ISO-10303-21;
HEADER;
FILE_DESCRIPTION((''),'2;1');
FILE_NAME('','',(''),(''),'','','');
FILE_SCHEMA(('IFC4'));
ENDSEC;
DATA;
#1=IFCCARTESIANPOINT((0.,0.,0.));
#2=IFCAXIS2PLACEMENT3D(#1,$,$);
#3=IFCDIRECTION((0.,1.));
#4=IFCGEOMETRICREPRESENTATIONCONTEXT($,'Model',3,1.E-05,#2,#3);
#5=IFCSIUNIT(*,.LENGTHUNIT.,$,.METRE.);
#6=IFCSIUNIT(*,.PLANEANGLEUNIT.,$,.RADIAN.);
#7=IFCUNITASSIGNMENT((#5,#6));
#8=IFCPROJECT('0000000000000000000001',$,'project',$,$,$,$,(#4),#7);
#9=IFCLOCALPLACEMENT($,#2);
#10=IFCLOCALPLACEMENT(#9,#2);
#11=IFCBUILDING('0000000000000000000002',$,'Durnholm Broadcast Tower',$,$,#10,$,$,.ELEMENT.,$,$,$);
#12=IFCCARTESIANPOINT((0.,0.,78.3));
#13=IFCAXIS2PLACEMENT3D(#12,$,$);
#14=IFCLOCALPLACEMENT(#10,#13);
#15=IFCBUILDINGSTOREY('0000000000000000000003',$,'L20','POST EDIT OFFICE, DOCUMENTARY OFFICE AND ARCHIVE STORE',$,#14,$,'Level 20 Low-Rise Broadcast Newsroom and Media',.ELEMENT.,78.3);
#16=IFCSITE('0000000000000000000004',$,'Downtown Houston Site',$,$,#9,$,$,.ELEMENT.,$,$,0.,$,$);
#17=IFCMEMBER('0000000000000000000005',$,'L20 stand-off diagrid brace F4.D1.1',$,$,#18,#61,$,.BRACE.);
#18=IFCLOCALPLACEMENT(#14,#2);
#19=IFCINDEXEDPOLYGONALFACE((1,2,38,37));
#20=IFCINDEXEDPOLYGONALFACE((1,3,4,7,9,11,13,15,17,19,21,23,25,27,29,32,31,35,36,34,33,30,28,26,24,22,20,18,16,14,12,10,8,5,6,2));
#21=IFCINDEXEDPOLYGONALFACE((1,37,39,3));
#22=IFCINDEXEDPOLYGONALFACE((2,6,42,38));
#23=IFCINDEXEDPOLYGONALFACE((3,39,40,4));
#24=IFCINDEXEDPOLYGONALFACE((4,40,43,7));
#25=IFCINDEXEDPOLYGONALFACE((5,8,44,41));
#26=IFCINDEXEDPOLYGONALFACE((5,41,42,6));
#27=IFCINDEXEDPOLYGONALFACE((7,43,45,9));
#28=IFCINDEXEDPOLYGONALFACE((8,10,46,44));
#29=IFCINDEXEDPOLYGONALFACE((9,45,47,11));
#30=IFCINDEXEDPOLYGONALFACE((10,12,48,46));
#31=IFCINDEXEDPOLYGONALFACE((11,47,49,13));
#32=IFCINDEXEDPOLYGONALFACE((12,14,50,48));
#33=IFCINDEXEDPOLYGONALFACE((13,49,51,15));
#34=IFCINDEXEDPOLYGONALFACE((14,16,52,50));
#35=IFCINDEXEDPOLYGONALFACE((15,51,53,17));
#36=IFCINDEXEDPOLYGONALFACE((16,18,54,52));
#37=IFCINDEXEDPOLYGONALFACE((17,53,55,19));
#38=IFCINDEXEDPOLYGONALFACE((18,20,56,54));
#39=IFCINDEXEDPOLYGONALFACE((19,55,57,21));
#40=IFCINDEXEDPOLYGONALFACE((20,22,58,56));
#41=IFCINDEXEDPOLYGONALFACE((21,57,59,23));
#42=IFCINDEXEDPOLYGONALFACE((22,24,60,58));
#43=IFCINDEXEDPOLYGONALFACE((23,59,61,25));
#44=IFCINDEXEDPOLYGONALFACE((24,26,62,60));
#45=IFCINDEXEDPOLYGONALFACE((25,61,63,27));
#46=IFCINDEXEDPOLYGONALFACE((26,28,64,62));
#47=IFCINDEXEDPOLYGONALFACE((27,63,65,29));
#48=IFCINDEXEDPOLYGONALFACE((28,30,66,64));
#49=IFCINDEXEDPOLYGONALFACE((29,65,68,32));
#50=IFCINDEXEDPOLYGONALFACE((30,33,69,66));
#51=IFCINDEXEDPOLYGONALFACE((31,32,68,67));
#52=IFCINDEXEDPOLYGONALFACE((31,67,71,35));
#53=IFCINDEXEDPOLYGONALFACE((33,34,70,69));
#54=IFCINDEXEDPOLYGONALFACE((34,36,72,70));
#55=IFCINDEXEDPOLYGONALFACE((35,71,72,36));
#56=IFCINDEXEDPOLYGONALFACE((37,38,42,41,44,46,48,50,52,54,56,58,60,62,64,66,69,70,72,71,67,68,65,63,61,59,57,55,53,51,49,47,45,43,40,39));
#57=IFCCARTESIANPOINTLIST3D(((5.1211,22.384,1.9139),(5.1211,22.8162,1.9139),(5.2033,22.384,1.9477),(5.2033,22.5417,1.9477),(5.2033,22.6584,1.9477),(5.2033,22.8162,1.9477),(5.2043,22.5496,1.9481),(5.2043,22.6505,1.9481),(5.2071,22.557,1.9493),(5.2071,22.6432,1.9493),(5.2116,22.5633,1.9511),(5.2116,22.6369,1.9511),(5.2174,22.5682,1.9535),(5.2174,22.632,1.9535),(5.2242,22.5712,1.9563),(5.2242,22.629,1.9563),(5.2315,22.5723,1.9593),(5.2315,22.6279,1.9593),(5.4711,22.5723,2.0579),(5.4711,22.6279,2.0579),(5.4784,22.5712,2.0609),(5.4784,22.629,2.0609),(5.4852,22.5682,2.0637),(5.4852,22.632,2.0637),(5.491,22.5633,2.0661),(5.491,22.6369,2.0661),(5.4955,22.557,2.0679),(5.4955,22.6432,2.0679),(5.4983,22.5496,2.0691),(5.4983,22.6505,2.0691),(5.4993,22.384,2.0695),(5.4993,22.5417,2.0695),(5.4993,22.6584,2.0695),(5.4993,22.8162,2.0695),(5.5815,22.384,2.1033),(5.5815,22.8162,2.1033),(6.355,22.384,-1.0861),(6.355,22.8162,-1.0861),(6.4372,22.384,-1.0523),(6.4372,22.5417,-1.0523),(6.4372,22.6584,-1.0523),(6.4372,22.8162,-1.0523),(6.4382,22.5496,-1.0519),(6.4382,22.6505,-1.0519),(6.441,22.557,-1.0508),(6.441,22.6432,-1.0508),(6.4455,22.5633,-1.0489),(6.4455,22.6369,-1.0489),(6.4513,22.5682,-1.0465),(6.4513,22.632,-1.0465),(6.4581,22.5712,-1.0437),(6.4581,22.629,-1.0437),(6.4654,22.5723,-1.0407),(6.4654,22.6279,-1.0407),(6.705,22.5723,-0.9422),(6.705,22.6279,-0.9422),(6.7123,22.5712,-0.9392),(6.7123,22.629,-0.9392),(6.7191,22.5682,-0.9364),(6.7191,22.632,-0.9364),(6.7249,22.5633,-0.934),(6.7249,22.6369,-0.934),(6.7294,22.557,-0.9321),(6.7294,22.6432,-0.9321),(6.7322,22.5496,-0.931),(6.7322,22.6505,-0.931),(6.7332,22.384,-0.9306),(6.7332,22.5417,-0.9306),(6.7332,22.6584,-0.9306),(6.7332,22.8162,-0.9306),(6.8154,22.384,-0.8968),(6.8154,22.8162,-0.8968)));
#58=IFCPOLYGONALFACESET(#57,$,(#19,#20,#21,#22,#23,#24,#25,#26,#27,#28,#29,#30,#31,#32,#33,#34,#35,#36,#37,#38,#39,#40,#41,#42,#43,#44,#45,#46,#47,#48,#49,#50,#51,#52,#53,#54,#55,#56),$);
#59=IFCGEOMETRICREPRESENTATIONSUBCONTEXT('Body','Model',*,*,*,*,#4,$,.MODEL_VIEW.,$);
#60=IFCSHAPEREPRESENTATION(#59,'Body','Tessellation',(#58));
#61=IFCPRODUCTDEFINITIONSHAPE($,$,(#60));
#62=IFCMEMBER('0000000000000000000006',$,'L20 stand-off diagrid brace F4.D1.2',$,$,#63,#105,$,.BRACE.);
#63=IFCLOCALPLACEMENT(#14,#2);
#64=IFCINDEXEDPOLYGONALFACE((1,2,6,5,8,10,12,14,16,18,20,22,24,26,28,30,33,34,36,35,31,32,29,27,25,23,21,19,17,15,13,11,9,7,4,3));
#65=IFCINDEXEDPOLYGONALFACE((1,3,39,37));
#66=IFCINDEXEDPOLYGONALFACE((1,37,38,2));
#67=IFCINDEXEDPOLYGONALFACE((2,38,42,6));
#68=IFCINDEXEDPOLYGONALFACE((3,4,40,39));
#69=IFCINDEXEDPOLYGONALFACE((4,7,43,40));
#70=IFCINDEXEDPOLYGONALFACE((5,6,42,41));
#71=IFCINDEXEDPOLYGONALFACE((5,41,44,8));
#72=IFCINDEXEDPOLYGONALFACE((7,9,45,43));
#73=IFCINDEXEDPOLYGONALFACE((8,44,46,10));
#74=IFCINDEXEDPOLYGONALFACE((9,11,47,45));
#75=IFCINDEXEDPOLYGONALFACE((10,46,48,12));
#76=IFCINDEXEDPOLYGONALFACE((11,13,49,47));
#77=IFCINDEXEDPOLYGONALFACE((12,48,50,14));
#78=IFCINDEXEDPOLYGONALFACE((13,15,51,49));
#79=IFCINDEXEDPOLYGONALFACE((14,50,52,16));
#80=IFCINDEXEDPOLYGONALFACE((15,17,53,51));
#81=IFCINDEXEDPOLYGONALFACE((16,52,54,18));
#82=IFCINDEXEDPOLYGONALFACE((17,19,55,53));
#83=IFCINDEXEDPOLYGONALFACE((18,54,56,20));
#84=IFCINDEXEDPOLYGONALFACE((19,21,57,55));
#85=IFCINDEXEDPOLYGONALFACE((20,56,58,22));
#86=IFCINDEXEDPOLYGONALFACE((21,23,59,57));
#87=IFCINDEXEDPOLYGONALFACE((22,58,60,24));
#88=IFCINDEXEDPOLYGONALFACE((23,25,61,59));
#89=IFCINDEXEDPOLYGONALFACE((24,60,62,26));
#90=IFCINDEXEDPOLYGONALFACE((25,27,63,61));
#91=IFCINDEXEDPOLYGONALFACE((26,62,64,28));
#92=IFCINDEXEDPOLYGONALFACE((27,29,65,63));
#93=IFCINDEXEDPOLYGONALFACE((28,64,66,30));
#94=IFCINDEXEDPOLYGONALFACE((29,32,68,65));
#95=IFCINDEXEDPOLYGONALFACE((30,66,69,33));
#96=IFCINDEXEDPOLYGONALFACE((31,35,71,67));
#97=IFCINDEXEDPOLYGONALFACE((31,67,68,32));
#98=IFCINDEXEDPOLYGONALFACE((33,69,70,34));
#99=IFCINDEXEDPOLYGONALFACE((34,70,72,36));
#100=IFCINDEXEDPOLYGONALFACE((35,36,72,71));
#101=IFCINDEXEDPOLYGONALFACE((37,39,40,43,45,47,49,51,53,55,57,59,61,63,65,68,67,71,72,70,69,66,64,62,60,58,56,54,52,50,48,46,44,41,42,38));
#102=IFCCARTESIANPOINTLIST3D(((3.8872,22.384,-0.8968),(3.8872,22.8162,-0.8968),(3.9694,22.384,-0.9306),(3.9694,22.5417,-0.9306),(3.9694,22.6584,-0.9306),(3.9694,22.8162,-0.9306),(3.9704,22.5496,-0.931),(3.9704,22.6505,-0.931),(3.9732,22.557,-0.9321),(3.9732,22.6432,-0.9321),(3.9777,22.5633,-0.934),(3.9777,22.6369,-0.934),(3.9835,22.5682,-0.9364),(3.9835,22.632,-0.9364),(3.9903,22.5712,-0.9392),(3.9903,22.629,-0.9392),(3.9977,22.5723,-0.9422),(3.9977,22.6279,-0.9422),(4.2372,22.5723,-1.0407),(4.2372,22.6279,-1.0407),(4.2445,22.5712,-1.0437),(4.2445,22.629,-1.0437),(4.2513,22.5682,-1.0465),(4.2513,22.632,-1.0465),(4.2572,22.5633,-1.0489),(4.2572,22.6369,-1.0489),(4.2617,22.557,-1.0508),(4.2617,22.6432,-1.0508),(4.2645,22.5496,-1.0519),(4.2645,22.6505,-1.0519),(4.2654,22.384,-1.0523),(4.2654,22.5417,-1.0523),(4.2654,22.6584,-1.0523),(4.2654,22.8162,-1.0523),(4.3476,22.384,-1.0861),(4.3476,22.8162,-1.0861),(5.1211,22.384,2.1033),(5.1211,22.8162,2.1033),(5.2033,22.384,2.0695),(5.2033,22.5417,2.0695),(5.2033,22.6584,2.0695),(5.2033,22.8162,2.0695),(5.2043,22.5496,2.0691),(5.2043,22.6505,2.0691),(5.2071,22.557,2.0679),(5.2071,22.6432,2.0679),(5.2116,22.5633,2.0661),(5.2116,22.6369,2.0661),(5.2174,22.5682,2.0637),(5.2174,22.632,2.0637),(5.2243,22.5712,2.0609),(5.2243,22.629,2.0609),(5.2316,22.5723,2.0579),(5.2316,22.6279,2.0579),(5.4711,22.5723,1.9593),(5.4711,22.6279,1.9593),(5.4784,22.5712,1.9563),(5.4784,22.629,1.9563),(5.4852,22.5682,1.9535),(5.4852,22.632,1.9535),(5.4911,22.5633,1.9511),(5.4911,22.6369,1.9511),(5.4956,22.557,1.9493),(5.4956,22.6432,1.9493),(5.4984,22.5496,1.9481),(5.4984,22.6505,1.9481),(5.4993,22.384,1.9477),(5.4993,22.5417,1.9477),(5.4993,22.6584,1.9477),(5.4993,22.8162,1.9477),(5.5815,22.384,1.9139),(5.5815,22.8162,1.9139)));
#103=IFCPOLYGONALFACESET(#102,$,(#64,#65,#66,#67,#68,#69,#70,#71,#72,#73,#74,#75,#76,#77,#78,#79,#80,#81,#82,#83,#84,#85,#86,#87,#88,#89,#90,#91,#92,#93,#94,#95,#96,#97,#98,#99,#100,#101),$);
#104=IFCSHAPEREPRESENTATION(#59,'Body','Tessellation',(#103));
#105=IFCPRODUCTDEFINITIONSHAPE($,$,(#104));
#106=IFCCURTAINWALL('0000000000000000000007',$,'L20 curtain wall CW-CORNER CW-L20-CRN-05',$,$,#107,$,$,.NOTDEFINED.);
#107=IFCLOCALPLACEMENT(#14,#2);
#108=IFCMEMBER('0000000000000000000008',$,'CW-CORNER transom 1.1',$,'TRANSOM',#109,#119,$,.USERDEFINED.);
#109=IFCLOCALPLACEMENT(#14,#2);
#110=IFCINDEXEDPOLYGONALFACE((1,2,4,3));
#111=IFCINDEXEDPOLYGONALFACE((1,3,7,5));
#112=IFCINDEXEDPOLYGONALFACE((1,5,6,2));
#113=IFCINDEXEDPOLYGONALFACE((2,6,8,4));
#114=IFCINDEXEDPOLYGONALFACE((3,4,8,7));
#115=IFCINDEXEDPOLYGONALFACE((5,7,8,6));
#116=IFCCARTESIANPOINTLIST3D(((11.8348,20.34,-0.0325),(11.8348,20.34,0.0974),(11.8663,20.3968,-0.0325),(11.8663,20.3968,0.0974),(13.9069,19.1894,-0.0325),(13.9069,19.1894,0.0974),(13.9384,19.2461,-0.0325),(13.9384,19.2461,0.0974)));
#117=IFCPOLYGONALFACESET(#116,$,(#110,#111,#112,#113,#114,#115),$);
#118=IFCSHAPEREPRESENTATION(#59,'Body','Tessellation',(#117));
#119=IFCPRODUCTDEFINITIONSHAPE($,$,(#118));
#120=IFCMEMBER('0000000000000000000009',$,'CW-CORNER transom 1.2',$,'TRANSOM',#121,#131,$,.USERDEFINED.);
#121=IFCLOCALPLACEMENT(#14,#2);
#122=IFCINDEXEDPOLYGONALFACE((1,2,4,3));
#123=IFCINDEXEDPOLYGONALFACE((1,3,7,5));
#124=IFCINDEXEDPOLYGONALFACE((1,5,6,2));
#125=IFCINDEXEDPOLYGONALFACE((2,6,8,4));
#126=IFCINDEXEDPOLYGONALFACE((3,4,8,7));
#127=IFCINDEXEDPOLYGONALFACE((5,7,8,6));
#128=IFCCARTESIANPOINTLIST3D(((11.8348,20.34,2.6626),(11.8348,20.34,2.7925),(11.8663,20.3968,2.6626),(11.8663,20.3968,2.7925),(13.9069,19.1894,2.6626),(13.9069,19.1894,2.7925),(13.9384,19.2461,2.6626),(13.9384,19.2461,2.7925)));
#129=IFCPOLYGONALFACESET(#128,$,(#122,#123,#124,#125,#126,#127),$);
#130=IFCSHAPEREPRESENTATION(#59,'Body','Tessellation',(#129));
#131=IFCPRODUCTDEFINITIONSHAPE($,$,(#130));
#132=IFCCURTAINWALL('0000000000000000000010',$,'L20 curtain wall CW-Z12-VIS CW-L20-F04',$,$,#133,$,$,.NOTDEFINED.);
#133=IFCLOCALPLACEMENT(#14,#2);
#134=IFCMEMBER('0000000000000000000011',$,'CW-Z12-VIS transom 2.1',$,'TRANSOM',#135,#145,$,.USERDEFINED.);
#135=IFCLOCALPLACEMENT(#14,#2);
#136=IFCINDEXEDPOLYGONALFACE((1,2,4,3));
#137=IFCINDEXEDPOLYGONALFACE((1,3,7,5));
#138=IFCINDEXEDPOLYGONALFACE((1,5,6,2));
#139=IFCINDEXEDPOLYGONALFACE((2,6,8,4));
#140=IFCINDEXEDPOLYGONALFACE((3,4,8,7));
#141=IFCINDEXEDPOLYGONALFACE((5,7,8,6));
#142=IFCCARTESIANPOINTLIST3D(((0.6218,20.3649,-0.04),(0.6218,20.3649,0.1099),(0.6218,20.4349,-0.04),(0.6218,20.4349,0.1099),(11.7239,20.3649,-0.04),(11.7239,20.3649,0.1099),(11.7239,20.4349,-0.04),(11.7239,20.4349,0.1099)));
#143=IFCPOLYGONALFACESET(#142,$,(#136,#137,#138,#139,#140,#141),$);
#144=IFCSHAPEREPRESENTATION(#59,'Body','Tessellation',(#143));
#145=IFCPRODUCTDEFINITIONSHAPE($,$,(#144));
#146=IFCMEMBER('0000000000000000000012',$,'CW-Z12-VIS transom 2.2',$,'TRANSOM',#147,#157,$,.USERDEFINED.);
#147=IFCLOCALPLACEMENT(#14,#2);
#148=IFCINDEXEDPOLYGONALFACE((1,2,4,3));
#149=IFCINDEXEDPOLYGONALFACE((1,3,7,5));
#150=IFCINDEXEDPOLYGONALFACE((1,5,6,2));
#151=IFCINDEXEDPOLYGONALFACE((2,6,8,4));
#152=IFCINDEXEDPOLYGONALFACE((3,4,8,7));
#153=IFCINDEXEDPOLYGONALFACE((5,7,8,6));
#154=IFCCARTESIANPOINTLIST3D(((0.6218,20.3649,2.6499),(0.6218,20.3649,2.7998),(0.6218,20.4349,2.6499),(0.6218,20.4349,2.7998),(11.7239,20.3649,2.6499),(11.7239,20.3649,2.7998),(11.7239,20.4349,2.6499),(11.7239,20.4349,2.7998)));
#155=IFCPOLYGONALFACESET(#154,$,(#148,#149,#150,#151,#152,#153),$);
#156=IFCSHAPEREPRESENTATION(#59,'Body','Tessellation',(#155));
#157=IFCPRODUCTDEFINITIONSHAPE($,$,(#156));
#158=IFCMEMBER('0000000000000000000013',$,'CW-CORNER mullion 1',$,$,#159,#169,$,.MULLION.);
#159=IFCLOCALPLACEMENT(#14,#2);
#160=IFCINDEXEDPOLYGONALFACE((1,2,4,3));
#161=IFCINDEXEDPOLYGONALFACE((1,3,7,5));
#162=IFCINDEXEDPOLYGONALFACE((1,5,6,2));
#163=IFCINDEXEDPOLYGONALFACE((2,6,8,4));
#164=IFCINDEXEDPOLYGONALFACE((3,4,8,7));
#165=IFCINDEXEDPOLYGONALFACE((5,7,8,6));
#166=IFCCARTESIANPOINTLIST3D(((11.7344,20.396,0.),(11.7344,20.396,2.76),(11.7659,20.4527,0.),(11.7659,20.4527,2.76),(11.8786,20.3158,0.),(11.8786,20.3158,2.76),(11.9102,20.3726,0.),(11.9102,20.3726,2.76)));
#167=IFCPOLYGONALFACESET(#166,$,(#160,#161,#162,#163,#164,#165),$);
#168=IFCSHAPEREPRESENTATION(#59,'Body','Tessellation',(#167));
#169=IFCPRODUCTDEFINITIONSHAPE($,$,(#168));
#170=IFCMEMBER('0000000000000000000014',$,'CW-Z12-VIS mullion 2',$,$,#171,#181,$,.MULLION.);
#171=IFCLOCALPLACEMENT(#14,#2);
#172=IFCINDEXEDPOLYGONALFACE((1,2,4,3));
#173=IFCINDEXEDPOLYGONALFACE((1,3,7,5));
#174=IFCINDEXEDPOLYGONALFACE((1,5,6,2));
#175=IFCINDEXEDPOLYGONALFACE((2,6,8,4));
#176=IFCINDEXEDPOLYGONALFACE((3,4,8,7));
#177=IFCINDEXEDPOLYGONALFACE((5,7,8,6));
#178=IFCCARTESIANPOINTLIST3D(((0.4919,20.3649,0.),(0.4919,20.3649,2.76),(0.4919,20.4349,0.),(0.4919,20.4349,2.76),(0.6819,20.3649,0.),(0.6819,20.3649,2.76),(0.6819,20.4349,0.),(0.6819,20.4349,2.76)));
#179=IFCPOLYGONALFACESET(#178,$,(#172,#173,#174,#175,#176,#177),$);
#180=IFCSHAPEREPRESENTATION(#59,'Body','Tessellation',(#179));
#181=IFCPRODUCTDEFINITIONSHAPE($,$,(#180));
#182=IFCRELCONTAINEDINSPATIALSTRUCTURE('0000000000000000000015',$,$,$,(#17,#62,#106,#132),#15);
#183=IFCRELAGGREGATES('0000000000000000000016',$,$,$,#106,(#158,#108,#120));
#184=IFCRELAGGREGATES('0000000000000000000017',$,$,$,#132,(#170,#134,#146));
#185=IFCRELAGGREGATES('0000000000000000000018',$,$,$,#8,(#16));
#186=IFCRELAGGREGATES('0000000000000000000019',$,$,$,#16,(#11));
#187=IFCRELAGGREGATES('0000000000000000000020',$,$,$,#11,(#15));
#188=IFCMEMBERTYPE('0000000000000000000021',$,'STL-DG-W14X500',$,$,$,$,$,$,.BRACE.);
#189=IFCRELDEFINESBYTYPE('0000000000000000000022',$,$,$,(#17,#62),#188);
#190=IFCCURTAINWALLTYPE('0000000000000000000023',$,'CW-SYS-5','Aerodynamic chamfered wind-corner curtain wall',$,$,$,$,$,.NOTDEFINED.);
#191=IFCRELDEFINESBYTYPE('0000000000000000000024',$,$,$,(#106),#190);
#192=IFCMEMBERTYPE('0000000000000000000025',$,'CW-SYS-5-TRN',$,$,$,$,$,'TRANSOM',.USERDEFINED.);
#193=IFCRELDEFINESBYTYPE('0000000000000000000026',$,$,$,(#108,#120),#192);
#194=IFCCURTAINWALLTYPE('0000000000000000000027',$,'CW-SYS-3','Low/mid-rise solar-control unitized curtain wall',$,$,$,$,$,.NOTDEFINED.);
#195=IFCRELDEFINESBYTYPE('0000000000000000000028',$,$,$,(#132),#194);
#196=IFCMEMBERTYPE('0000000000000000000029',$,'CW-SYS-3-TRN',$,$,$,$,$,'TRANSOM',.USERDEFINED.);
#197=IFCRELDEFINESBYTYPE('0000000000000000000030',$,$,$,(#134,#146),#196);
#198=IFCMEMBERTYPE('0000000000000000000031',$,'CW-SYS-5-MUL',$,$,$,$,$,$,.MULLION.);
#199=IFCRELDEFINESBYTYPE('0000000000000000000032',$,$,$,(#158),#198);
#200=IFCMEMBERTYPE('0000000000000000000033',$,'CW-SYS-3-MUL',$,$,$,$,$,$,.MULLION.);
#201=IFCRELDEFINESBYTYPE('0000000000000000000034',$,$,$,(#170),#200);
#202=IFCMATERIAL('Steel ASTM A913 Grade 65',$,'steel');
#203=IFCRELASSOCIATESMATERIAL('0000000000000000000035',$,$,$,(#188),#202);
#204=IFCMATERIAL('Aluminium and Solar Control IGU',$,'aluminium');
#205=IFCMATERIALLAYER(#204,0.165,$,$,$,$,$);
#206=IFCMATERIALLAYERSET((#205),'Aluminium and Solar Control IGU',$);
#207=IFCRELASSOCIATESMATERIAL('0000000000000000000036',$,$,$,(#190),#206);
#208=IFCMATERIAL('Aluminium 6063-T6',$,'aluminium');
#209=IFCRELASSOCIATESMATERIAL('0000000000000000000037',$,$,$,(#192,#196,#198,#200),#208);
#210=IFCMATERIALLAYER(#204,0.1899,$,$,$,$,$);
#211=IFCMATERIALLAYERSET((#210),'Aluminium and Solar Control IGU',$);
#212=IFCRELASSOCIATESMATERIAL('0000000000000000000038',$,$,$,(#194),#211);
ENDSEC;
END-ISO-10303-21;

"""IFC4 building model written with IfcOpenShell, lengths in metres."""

from ifc_helpers import new_model, si_unit, direction, frame, origin, origin_2d, place, context, subcontext, project, spatial, rectangle, i_section, extrude, source, transform, mapped, material, layer, layer_set, material_profile, profile_set, type_object, type_shapes, element, aggregate, save


model = new_model("IFC4")

# Units and contexts
model_context = context("Model", 3, precision=1e-05, world=origin(), true_north=direction((0.0, 1.0)))
body_context = subcontext(model_context, "Body", "Model", "MODEL_VIEW")
ifc_project = project(units=[si_unit("LENGTHUNIT", "METRE"), si_unit("PLANEANGLEUNIT", "RADIAN")], contexts=[model_context])

# Site, building, storey
site_placement = place(None, origin())
site = spatial("IfcSite", under=ifc_project, at=site_placement, Name="Downtown Houston Site", CompositionType="ELEMENT", RefElevation=0.0)
building_placement = place(site_placement, origin())
building = spatial("IfcBuilding", under=site, at=building_placement, Name="Durnholm Broadcast Tower", CompositionType="ELEMENT")
storey_placement = place(building_placement, frame((0.0, 0.0, 78.3)))
storey = spatial("IfcBuildingStorey", under=building, at=storey_placement, Name="L20", Description="POST EDIT OFFICE, DOCUMENTARY OFFICE AND ARCHIVE STORE", LongName="Level 20 Low-Rise Broadcast Newsroom and Media", CompositionType="ELEMENT", Elevation=78.3)

# Members
ifc_material_1 = material(Name="Steel ASTM A913 Grade 65", Category="steel")
ifc_material_profile_1 = material_profile(ifc_material_1, i_section(OverallWidth=0.4321, OverallDepth=0.4978, WebThickness=0.0557, FlangeThickness=0.0889, FilletRadius=0.0305, at=origin_2d()), Name="W14X500")
ifc_profile_set_1 = profile_set([ifc_material_profile_1], Name="Steel ASTM A913 Grade 65")
member_type_1 = type_object("IfcMemberType", Name="STL-DG-W14X500", PredefinedType="BRACE", material=ifc_profile_set_1)
shared_shape_1 = source(origin(), body_context, "Body", "SweptSolid", [
    extrude(i_section(OverallWidth=0.4321, OverallDepth=0.4978, WebThickness=0.0557, FlangeThickness=0.0889, FilletRadius=0.0305, at=origin_2d()), origin(), (0.0, 0.0, 1.0), 3.2439),
])
type_shapes(member_type_1, [shared_shape_1])
for number, where, z_axis, x_axis, name in (
    (1, (6.5852, 22.6001, -0.9915), (-0.380379, 0.0, 0.924831), (0.0, -1.0, 0.0), "L20 stand-off diagrid brace F4.D1.1"),
    (2, (4.1174, 22.6001, -0.9915), (0.380379, 0.0, 0.924831), (0.0, 1.0, 0.0), "L20 stand-off diagrid brace F4.D1.2"),
):
    element("IfcMember", number, at=place(storey_placement, frame(where, z_axis=z_axis, x_axis=x_axis)), inside=storey, type_object=member_type_1, Name=name, PredefinedType="BRACE", context=body_context, shape_type="MappedRepresentation", body=[
        mapped(shared_shape_1, transform((0.0, 0.0, 0.0), x_axis=(1.0, 0.0, 0.0), y_axis=(0.0, 1.0, 0.0), z_axis=(0.0, 0.0, 1.0), scale=1.0)),
    ])

# Curtain walls, members
ifc_material_2 = material(Name="Aluminium and Solar Control IGU", Category="aluminium")
ifc_layer_1 = layer(ifc_material_2, 0.165)
ifc_layer_set_1 = layer_set([ifc_layer_1], Name="Aluminium and Solar Control IGU")
curtain_wall_type_1 = type_object("IfcCurtainWallType", Name="CW-SYS-5", Description="Aerodynamic chamfered wind-corner curtain wall", PredefinedType="NOTDEFINED", material=ifc_layer_set_1)
curtain_wall_1_placement = place(storey_placement, origin())
curtain_wall_1 = element("IfcCurtainWall", 3, at=curtain_wall_1_placement, inside=storey, type_object=curtain_wall_type_1, Name="L20 curtain wall CW-CORNER CW-L20-CRN-05", PredefinedType="NOTDEFINED")
ifc_material_3 = material(Name="Aluminium 6063-T6", Category="aluminium")
ifc_material_profile_2 = material_profile(ifc_material_3, rectangle(XDim=0.0649, YDim=0.1299, at=origin_2d()), Name="CWT65X130")
ifc_profile_set_2 = profile_set([ifc_material_profile_2], Name="Aluminium 6063-T6")
member_type_2 = type_object("IfcMemberType", Name="CW-SYS-5-TRN", ElementType="TRANSOM", PredefinedType="USERDEFINED", material=ifc_profile_set_2)
shared_shape_2 = source(origin(), body_context, "Body", "SweptSolid", [
    extrude(rectangle(XDim=0.0649, YDim=0.1299, at=origin_2d()), origin(), (0.0, 0.0, 1.0), 2.3701),
])
type_shapes(member_type_2, [shared_shape_2])
member_1_placement = place(storey_placement, frame((11.8506, 20.3684, 0.0325), z_axis=(0.874245, -0.485485, 0.0), x_axis=(0.485485, 0.874245, 0.0)))
member_1 = element("IfcMember", 4, at=member_1_placement, type_object=member_type_2, Name="CW-CORNER transom 1.1", ObjectType="TRANSOM", PredefinedType="USERDEFINED", context=body_context, shape_type="MappedRepresentation", body=[
    mapped(shared_shape_2, transform((0.0, 0.0, 0.0), x_axis=(1.0, 0.0, 0.0), y_axis=(0.0, 1.0, 0.0), z_axis=(0.0, 0.0, 1.0), scale=1.0)),
])
member_2_placement = place(storey_placement, frame((11.8506, 20.3684, 2.7275), z_axis=(0.874245, -0.485485, 0.0), x_axis=(0.485485, 0.874245, 0.0)))
member_2 = element("IfcMember", 5, at=member_2_placement, type_object=member_type_2, Name="CW-CORNER transom 1.2", ObjectType="TRANSOM", PredefinedType="USERDEFINED", context=body_context, shape_type="MappedRepresentation", body=[
    mapped(shared_shape_2, transform((0.0, 0.0, 0.0), x_axis=(1.0, 0.0, 0.0), y_axis=(0.0, 1.0, 0.0), z_axis=(0.0, 0.0, 1.0), scale=1.0)),
])
ifc_layer_2 = layer(ifc_material_2, 0.1899)
ifc_layer_set_2 = layer_set([ifc_layer_2], Name="Aluminium and Solar Control IGU")
curtain_wall_type_2 = type_object("IfcCurtainWallType", Name="CW-SYS-3", Description="Low/mid-rise solar-control unitized curtain wall", PredefinedType="NOTDEFINED", material=ifc_layer_set_2)
curtain_wall_2_placement = place(storey_placement, origin())
curtain_wall_2 = element("IfcCurtainWall", 6, at=curtain_wall_2_placement, inside=storey, type_object=curtain_wall_type_2, Name="L20 curtain wall CW-Z12-VIS CW-L20-F04", PredefinedType="NOTDEFINED")
ifc_material_profile_3 = material_profile(ifc_material_3, rectangle(XDim=0.0701, YDim=0.1499, at=origin_2d()), Name="CWT70X150")
ifc_profile_set_3 = profile_set([ifc_material_profile_3], Name="Aluminium 6063-T6")
member_type_3 = type_object("IfcMemberType", Name="CW-SYS-3-TRN", ElementType="TRANSOM", PredefinedType="USERDEFINED", material=ifc_profile_set_3)
shared_shape_3 = source(origin(), body_context, "Body", "SweptSolid", [
    extrude(rectangle(XDim=0.0701, YDim=0.1499, at=origin_2d()), origin(), (0.0, 0.0, 1.0), 11.1021),
])
type_shapes(member_type_3, [shared_shape_3])
member_3_placement = place(storey_placement, frame((0.6218, 20.3999, 0.0349), z_axis=(1.0, 0.0, 0.0), x_axis=(0.0, 1.0, 0.0)))
member_3 = element("IfcMember", 7, at=member_3_placement, type_object=member_type_3, Name="CW-Z12-VIS transom 2.1", ObjectType="TRANSOM", PredefinedType="USERDEFINED", context=body_context, shape_type="MappedRepresentation", body=[
    mapped(shared_shape_3, transform((0.0, 0.0, 0.0), x_axis=(1.0, 0.0, 0.0), y_axis=(0.0, 1.0, 0.0), z_axis=(0.0, 0.0, 1.0), scale=1.0)),
])
member_4_placement = place(storey_placement, frame((0.6218, 20.3999, 2.7249), z_axis=(1.0, 0.0, 0.0), x_axis=(0.0, 1.0, 0.0)))
member_4 = element("IfcMember", 8, at=member_4_placement, type_object=member_type_3, Name="CW-Z12-VIS transom 2.2", ObjectType="TRANSOM", PredefinedType="USERDEFINED", context=body_context, shape_type="MappedRepresentation", body=[
    mapped(shared_shape_3, transform((0.0, 0.0, 0.0), x_axis=(1.0, 0.0, 0.0), y_axis=(0.0, 1.0, 0.0), z_axis=(0.0, 0.0, 1.0), scale=1.0)),
])

# Members
ifc_material_profile_4 = material_profile(ifc_material_3, rectangle(XDim=0.0649, YDim=0.165, at=origin_2d()), Name="CWM65X165")
ifc_profile_set_4 = profile_set([ifc_material_profile_4], Name="Aluminium 6063-T6")
member_type_4 = type_object("IfcMemberType", Name="CW-SYS-5-MUL", PredefinedType="MULLION", material=ifc_profile_set_4)
shared_shape_4 = source(origin(), body_context, "Body", "SweptSolid", [
    extrude(rectangle(XDim=0.0649, YDim=0.165, at=origin_2d()), origin(), (0.0, 0.0, 1.0), 2.76),
])
type_shapes(member_type_4, [shared_shape_4])
member_5_placement = place(storey_placement, frame((11.8223, 20.3843, 0.0), z_axis=(0.0, 0.0, 1.0), x_axis=(0.485483, 0.874246, 0.0)))
member_5 = element("IfcMember", 9, at=member_5_placement, type_object=member_type_4, Name="CW-CORNER mullion 1", PredefinedType="MULLION", context=body_context, shape_type="MappedRepresentation", body=[
    mapped(shared_shape_4, transform((0.0, 0.0, 0.0), x_axis=(1.0, 0.0, 0.0), y_axis=(0.0, 1.0, 0.0), z_axis=(0.0, 0.0, 1.0), scale=1.0)),
])
aggregate(curtain_wall_1, [member_5, member_1, member_2])
ifc_material_profile_5 = material_profile(ifc_material_3, rectangle(XDim=0.0701, YDim=0.1899, at=origin_2d()), Name="CWM70X190")
ifc_profile_set_5 = profile_set([ifc_material_profile_5], Name="Aluminium 6063-T6")
member_type_5 = type_object("IfcMemberType", Name="CW-SYS-3-MUL", PredefinedType="MULLION", material=ifc_profile_set_5)
shared_shape_5 = source(origin(), body_context, "Body", "SweptSolid", [
    extrude(rectangle(XDim=0.0701, YDim=0.1899, at=origin_2d()), origin(), (0.0, 0.0, 1.0), 2.76),
])
type_shapes(member_type_5, [shared_shape_5])
member_6_placement = place(storey_placement, frame((0.5869, 20.3999, 0.0), z_axis=(0.0, 0.0, 1.0), x_axis=(0.0, 1.0, 0.0)))
member_6 = element("IfcMember", 10, at=member_6_placement, type_object=member_type_5, Name="CW-Z12-VIS mullion 2", PredefinedType="MULLION", context=body_context, shape_type="MappedRepresentation", body=[
    mapped(shared_shape_5, transform((0.0, 0.0, 0.0), x_axis=(1.0, 0.0, 0.0), y_axis=(0.0, 1.0, 0.0), z_axis=(0.0, 0.0, 1.0), scale=1.0)),
])

aggregate(curtain_wall_2, [member_6, member_3, member_4])

save(model, "model.ifc")
